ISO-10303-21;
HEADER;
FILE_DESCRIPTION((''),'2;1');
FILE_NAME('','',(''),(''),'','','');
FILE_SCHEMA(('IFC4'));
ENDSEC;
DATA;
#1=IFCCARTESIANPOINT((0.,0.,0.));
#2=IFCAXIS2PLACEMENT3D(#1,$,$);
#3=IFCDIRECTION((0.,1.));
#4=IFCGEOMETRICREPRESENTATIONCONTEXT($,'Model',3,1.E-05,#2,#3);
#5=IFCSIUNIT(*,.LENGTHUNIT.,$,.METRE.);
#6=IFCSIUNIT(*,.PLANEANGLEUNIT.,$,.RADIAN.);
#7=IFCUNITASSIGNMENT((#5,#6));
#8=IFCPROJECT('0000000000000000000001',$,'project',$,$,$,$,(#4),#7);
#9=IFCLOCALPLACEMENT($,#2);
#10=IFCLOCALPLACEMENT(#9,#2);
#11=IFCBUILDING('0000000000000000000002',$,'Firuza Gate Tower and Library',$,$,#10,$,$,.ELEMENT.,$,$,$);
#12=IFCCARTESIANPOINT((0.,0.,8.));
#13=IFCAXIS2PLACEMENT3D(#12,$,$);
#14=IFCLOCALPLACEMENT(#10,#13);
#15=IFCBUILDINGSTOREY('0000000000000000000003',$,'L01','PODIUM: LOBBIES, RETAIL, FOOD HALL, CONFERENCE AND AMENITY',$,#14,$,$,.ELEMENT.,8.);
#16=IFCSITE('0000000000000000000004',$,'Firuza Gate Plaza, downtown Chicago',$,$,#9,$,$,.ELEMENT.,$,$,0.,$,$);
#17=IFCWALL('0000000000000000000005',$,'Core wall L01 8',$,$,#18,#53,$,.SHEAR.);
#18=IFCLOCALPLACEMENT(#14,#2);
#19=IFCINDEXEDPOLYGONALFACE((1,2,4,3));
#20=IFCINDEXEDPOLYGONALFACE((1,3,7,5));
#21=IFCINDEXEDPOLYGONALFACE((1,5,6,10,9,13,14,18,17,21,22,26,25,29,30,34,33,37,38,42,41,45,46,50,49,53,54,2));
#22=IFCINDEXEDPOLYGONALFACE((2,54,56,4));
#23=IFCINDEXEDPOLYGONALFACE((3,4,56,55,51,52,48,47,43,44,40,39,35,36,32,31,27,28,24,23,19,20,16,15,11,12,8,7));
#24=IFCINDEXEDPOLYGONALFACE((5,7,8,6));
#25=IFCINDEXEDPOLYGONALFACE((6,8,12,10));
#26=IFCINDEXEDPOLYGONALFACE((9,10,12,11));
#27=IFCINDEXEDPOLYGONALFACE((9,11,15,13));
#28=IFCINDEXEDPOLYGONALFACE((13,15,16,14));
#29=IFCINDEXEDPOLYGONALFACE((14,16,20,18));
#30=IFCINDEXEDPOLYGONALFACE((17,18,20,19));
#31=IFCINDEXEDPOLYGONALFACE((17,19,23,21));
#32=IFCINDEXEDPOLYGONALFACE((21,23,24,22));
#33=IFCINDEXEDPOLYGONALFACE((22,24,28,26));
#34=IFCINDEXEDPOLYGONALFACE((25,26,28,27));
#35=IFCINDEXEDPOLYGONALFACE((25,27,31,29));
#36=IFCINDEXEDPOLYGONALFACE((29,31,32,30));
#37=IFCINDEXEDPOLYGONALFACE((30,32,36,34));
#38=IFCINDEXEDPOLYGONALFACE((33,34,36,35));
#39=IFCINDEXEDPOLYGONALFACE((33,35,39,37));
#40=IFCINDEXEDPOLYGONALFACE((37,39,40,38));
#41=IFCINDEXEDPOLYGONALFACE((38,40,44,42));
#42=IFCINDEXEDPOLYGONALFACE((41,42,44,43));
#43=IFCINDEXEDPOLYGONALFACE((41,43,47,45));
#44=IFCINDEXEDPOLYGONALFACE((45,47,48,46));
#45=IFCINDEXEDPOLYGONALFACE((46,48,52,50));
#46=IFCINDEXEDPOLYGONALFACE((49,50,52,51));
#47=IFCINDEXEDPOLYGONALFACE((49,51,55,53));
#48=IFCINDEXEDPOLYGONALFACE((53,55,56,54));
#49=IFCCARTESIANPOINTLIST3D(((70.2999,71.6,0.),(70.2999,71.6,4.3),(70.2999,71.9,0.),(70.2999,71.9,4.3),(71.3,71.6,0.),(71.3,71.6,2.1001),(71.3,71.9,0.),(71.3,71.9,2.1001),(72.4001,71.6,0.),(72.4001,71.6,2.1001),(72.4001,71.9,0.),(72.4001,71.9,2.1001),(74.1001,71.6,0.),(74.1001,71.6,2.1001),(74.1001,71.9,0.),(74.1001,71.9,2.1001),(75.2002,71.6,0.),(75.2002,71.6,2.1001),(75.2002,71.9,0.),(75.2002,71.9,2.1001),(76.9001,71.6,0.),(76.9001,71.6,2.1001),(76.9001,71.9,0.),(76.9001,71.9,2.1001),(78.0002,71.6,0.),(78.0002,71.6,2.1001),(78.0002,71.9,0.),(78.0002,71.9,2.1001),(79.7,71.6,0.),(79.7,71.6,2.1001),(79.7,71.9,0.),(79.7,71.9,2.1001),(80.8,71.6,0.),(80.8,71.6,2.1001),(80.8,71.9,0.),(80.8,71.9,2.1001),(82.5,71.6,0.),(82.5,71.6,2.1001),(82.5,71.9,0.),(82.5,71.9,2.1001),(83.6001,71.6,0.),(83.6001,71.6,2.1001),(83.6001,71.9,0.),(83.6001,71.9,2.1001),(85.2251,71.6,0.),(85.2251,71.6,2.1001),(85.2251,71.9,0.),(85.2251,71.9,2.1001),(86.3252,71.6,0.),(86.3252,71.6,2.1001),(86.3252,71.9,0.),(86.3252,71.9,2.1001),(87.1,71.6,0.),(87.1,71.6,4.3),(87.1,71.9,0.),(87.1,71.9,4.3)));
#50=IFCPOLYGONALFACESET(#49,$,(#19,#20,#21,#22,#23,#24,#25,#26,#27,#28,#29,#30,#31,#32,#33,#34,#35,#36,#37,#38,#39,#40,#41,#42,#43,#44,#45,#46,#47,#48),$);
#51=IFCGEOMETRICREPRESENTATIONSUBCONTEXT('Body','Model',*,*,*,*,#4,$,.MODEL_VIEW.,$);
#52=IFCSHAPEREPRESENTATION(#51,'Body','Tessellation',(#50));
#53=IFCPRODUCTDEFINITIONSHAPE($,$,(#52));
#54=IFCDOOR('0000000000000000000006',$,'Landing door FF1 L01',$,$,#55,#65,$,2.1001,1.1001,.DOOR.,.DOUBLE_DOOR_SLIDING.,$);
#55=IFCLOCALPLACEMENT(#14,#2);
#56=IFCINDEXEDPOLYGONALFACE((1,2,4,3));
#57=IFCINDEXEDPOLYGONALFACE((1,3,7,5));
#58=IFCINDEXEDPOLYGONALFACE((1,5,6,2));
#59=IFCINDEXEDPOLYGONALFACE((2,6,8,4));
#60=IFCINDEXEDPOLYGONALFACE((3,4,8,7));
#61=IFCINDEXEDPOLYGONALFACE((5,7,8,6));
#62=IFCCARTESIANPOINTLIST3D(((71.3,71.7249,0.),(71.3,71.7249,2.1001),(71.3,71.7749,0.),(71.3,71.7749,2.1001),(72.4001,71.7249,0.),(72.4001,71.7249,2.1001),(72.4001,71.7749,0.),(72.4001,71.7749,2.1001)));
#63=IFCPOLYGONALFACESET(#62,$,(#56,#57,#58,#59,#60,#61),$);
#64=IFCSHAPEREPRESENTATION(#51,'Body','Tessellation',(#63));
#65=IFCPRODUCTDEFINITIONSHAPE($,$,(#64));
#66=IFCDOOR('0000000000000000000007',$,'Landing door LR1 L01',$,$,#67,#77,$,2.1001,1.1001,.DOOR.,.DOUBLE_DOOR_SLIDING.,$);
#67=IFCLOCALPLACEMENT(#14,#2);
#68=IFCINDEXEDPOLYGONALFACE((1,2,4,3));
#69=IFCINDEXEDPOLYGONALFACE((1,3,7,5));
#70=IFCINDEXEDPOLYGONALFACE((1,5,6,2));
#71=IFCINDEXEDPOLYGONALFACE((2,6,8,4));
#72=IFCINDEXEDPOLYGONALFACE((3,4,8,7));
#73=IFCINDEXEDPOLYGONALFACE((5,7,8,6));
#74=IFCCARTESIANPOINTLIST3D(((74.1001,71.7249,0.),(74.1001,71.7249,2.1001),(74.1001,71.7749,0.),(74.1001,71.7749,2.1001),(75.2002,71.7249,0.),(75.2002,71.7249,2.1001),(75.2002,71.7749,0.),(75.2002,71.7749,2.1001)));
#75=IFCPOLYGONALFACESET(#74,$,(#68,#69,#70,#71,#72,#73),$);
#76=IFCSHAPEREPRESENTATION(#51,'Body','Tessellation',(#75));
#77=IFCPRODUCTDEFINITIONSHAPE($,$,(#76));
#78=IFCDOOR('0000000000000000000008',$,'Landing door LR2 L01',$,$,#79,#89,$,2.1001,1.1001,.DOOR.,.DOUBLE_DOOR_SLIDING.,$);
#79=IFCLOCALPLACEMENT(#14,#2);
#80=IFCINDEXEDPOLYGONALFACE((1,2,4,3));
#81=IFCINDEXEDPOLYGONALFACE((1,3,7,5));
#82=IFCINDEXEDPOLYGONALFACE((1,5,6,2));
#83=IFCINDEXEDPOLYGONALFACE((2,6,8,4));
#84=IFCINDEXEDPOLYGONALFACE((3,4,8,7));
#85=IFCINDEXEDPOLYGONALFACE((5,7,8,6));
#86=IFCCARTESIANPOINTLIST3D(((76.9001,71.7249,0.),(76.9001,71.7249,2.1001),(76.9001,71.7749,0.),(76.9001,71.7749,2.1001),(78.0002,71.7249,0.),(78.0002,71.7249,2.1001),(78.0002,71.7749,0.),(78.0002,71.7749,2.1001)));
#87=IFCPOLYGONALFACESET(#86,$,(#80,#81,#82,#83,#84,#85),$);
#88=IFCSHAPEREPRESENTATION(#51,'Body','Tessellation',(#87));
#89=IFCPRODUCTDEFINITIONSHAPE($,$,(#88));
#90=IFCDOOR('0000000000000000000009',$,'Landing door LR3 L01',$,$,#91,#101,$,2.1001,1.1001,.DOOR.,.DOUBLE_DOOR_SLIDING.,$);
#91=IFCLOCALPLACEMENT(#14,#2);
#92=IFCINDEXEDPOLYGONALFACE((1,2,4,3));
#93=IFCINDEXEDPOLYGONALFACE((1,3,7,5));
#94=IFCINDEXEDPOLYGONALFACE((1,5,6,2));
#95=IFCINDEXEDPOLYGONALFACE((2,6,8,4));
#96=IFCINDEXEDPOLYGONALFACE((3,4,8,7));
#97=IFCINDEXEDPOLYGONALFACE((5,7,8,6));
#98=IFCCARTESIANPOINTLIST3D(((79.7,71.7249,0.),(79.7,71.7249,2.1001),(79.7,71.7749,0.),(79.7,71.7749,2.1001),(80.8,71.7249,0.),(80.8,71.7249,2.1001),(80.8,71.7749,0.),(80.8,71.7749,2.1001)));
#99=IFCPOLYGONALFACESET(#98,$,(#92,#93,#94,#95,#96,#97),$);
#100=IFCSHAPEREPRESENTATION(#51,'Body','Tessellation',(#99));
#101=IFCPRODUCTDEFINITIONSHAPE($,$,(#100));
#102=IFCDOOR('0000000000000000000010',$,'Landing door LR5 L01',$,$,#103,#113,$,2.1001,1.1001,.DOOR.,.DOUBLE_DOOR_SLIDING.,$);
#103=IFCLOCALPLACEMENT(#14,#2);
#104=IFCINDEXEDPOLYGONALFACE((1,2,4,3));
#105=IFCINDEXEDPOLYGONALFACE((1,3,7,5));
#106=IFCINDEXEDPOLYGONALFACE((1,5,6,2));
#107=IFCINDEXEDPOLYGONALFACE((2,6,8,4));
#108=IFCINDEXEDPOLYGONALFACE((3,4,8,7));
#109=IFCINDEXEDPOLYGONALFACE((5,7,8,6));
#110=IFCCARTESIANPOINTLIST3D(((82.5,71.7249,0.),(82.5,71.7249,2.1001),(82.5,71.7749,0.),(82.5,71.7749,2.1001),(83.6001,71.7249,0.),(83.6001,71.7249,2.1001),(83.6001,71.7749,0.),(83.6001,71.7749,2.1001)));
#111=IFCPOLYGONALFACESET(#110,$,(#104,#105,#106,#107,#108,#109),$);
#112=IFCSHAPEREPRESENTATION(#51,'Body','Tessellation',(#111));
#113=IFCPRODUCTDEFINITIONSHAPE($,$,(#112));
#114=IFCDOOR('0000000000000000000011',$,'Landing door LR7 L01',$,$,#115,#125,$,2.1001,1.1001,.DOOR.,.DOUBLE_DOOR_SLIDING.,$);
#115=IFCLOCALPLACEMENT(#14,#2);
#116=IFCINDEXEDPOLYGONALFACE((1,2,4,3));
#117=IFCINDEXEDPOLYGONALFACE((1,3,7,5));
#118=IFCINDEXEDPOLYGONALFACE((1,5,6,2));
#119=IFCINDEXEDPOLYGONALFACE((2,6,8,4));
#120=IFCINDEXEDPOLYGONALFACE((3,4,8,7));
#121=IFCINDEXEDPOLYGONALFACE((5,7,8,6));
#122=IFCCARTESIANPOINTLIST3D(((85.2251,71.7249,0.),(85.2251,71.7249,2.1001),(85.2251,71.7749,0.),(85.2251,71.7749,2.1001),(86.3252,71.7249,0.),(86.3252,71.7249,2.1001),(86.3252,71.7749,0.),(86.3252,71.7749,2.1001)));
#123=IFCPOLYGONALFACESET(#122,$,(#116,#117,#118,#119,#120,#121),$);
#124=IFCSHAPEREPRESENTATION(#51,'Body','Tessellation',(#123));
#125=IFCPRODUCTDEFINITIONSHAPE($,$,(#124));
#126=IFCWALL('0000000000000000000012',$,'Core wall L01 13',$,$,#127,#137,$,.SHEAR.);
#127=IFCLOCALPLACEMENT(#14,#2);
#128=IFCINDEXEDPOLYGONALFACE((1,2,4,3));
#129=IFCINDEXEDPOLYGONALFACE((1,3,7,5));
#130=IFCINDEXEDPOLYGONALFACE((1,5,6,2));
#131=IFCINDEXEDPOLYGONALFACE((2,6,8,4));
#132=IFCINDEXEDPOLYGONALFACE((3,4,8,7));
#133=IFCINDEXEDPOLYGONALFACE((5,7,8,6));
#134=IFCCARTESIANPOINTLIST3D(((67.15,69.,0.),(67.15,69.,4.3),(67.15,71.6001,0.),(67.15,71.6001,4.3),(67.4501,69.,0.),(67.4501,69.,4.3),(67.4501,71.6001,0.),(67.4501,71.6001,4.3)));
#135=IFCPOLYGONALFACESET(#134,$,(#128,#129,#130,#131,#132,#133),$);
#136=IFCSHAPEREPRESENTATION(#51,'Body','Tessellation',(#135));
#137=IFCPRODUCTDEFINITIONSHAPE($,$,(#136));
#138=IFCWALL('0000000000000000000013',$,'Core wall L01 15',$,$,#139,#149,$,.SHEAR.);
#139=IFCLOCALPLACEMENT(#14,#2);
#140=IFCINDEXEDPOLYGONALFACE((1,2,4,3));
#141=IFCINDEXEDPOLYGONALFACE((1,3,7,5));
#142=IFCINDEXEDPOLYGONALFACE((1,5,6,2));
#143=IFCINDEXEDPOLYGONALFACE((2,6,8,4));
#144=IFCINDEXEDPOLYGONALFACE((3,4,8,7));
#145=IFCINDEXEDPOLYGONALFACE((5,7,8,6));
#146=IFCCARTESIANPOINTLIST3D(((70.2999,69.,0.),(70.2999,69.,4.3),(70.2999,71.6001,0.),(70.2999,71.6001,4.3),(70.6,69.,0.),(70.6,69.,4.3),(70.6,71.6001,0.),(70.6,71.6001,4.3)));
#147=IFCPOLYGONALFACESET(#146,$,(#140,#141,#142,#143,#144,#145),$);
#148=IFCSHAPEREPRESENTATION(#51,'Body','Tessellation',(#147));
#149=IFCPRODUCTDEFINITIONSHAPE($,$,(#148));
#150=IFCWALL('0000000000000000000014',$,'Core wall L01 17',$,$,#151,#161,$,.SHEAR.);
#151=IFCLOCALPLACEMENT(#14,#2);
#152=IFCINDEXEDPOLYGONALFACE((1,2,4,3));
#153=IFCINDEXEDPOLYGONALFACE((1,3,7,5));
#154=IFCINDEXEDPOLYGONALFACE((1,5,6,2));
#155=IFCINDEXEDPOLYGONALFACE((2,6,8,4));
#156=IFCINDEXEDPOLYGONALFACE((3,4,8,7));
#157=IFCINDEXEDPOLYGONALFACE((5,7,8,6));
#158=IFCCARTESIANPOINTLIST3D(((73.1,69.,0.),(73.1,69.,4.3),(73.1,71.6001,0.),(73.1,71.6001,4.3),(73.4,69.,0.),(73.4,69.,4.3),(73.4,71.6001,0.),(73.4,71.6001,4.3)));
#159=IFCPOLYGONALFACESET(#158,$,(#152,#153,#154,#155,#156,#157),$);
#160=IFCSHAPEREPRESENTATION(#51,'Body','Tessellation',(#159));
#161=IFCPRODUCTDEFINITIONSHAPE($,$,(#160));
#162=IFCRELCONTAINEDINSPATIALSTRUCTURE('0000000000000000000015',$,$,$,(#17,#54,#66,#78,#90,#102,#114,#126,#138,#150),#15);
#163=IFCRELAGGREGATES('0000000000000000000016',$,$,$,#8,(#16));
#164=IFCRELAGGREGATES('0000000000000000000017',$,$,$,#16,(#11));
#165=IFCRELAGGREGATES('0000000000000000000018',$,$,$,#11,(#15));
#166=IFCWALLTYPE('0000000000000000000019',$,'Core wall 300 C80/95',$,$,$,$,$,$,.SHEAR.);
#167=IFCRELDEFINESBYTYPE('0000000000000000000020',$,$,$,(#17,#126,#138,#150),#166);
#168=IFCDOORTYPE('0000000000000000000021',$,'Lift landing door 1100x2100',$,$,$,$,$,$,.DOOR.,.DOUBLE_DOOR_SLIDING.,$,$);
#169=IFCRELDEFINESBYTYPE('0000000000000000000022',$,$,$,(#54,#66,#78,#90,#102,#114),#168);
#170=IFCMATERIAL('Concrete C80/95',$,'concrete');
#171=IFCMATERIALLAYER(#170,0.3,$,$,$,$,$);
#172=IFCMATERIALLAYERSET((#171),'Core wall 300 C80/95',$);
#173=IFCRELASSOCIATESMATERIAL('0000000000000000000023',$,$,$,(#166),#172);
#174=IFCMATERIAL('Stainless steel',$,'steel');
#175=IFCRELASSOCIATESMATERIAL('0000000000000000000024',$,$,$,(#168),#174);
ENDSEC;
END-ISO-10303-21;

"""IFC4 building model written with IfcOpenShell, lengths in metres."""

from ifc_helpers import new_model, si_unit, direction, frame, frame_2d, origin, place, context, subcontext, project, spatial, rectangle, extrude, material, layer, layer_set, type_object, element, fill, save


model = new_model("IFC4")

# Units and contexts
model_context = context("Model", 3, precision=1e-05, world=origin(), true_north=direction((0.0, 1.0)))
body_context = subcontext(model_context, "Body", "Model", "MODEL_VIEW")
ifc_project = project(units=[si_unit("LENGTHUNIT", "METRE"), si_unit("PLANEANGLEUNIT", "RADIAN")], contexts=[model_context])

# Site, building, storey
site_placement = place(None, origin())
site = spatial("IfcSite", under=ifc_project, at=site_placement, Name="Firuza Gate Plaza, downtown Chicago", CompositionType="ELEMENT", RefElevation=0.0)
building_placement = place(site_placement, origin())
building = spatial("IfcBuilding", under=site, at=building_placement, Name="Firuza Gate Tower and Library", CompositionType="ELEMENT")
storey_placement = place(building_placement, frame((0.0, 0.0, 8.0)))
storey = spatial("IfcBuildingStorey", under=building, at=storey_placement, Name="L01", Description="PODIUM: LOBBIES, RETAIL, FOOD HALL, CONFERENCE AND AMENITY", CompositionType="ELEMENT", Elevation=8.0)

# Shared definitions
ifc_material_1 = material(Name="Concrete C80/95", Category="concrete")
ifc_layer_1 = layer(ifc_material_1, 0.3)
ifc_layer_set_1 = layer_set([ifc_layer_1], Name="Core wall 300 C80/95")
wall_type_1 = type_object("IfcWallType", Name="Core wall 300 C80/95", PredefinedType="SHEAR", material=ifc_layer_set_1)

# Wall, openings, doors
wall_1_placement = place(storey_placement, frame((70.3, 71.75, 0.0), z_axis=(0.0, 0.0, 1.0), x_axis=(1.0, 0.0, 0.0)))
wall_1 = element("IfcWall", 1, at=wall_1_placement, inside=storey, type_object=wall_type_1, Name="Core wall L01 8", PredefinedType="SHEAR", context=body_context, shape_type="SweptSolid", body=[
    extrude(rectangle(XDim=16.8, YDim=0.3, at=frame_2d((8.3999, 0.0))), origin(), (0.0, 0.0, 1.0), 4.3),
])
opening_1_placement = place(wall_1_placement, frame((1.0, 0.0, 0.0)))
opening_1 = element("IfcOpeningElement", 2, at=opening_1_placement, cuts=wall_1, PredefinedType="OPENING", context=body_context, shape_type="SweptSolid", body=[
    extrude(rectangle(XDim=1.1001, YDim=2.1001, at=frame_2d((0.55, 1.05))), frame((0.0, 0.1602, 0.0), z_axis=(0.0, -1.0, 0.0), x_axis=(1.0, 0.0, 0.0)), (0.0, 0.0, 1.0), 0.3201),
])
opening_2_placement = place(wall_1_placement, frame((3.8, 0.0, 0.0)))
opening_2 = element("IfcOpeningElement", 3, at=opening_2_placement, cuts=wall_1, PredefinedType="OPENING", context=body_context, shape_type="SweptSolid", body=[
    extrude(rectangle(XDim=1.1001, YDim=2.1001, at=frame_2d((0.55, 1.05))), frame((0.0, 0.1602, 0.0), z_axis=(0.0, -1.0, 0.0), x_axis=(1.0, 0.0, 0.0)), (0.0, 0.0, 1.0), 0.3201),
])
opening_3_placement = place(wall_1_placement, frame((6.6001, 0.0, 0.0)))
opening_3 = element("IfcOpeningElement", 4, at=opening_3_placement, cuts=wall_1, PredefinedType="OPENING", context=body_context, shape_type="SweptSolid", body=[
    extrude(rectangle(XDim=1.1001, YDim=2.1001, at=frame_2d((0.55, 1.05))), frame((0.0, 0.1602, 0.0), z_axis=(0.0, -1.0, 0.0), x_axis=(1.0, 0.0, 0.0)), (0.0, 0.0, 1.0), 0.3201),
])
opening_4_placement = place(wall_1_placement, frame((9.3999, 0.0, 0.0)))
opening_4 = element("IfcOpeningElement", 5, at=opening_4_placement, cuts=wall_1, PredefinedType="OPENING", context=body_context, shape_type="SweptSolid", body=[
    extrude(rectangle(XDim=1.1001, YDim=2.1001, at=frame_2d((0.55, 1.05))), frame((0.0, 0.1602, 0.0), z_axis=(0.0, -1.0, 0.0), x_axis=(1.0, 0.0, 0.0)), (0.0, 0.0, 1.0), 0.3201),
])
opening_5_placement = place(wall_1_placement, frame((12.2, 0.0, 0.0)))
opening_5 = element("IfcOpeningElement", 6, at=opening_5_placement, cuts=wall_1, PredefinedType="OPENING", context=body_context, shape_type="SweptSolid", body=[
    extrude(rectangle(XDim=1.1001, YDim=2.1001, at=frame_2d((0.55, 1.05))), frame((0.0, 0.1602, 0.0), z_axis=(0.0, -1.0, 0.0), x_axis=(1.0, 0.0, 0.0)), (0.0, 0.0, 1.0), 0.3201),
])
opening_6_placement = place(wall_1_placement, frame((14.925, 0.0, 0.0)))
opening_6 = element("IfcOpeningElement", 7, at=opening_6_placement, cuts=wall_1, PredefinedType="OPENING", context=body_context, shape_type="SweptSolid", body=[
    extrude(rectangle(XDim=1.1001, YDim=2.1001, at=frame_2d((0.55, 1.05))), frame((0.0, 0.1602, 0.0), z_axis=(0.0, -1.0, 0.0), x_axis=(1.0, 0.0, 0.0)), (0.0, 0.0, 1.0), 0.3201),
])
ifc_material_2 = material(Name="Stainless steel", Category="steel")
door_type = type_object("IfcDoorType", Name="Lift landing door 1100x2100", OperationType="DOUBLE_DOOR_SLIDING", PredefinedType="DOOR", material=ifc_material_2)
door_1_placement = place(opening_1_placement, origin())
door_1 = element("IfcDoor", 8, at=door_1_placement, inside=storey, type_object=door_type, Name="Landing door FF1 L01", OperationType="DOUBLE_DOOR_SLIDING", OverallHeight=2.1001, OverallWidth=1.1001, PredefinedType="DOOR", context=body_context, shape_type="SweptSolid", body=[
    extrude(rectangle(XDim=1.1001, YDim=2.1001, at=frame_2d((0.55, 1.05))), frame((0.0, 0.0249, 0.0), z_axis=(0.0, -1.0, 0.0), x_axis=(1.0, 0.0, 0.0)), (0.0, 0.0, 1.0), 0.05),
])
fill(opening_1, door_1)
door_2_placement = place(opening_2_placement, origin())
door_2 = element("IfcDoor", 9, at=door_2_placement, inside=storey, type_object=door_type, Name="Landing door LR1 L01", OperationType="DOUBLE_DOOR_SLIDING", OverallHeight=2.1001, OverallWidth=1.1001, PredefinedType="DOOR", context=body_context, shape_type="SweptSolid", body=[
    extrude(rectangle(XDim=1.1001, YDim=2.1001, at=frame_2d((0.55, 1.05))), frame((0.0, 0.0249, 0.0), z_axis=(0.0, -1.0, 0.0), x_axis=(1.0, 0.0, 0.0)), (0.0, 0.0, 1.0), 0.05),
])
fill(opening_2, door_2)
door_3_placement = place(opening_3_placement, origin())
door_3 = element("IfcDoor", 10, at=door_3_placement, inside=storey, type_object=door_type, Name="Landing door LR2 L01", OperationType="DOUBLE_DOOR_SLIDING", OverallHeight=2.1001, OverallWidth=1.1001, PredefinedType="DOOR", context=body_context, shape_type="SweptSolid", body=[
    extrude(rectangle(XDim=1.1001, YDim=2.1001, at=frame_2d((0.55, 1.05))), frame((0.0, 0.0249, 0.0), z_axis=(0.0, -1.0, 0.0), x_axis=(1.0, 0.0, 0.0)), (0.0, 0.0, 1.0), 0.05),
])
fill(opening_3, door_3)
door_4_placement = place(opening_4_placement, origin())
door_4 = element("IfcDoor", 11, at=door_4_placement, inside=storey, type_object=door_type, Name="Landing door LR3 L01", OperationType="DOUBLE_DOOR_SLIDING", OverallHeight=2.1001, OverallWidth=1.1001, PredefinedType="DOOR", context=body_context, shape_type="SweptSolid", body=[
    extrude(rectangle(XDim=1.1001, YDim=2.1001, at=frame_2d((0.55, 1.05))), frame((0.0, 0.0249, 0.0), z_axis=(0.0, -1.0, 0.0), x_axis=(1.0, 0.0, 0.0)), (0.0, 0.0, 1.0), 0.05),
])
fill(opening_4, door_4)
door_5_placement = place(opening_5_placement, origin())
door_5 = element("IfcDoor", 12, at=door_5_placement, inside=storey, type_object=door_type, Name="Landing door LR5 L01", OperationType="DOUBLE_DOOR_SLIDING", OverallHeight=2.1001, OverallWidth=1.1001, PredefinedType="DOOR", context=body_context, shape_type="SweptSolid", body=[
    extrude(rectangle(XDim=1.1001, YDim=2.1001, at=frame_2d((0.55, 1.05))), frame((0.0, 0.0249, 0.0), z_axis=(0.0, -1.0, 0.0), x_axis=(1.0, 0.0, 0.0)), (0.0, 0.0, 1.0), 0.05),
])
fill(opening_5, door_5)
door_6_placement = place(opening_6_placement, origin())
door_6 = element("IfcDoor", 13, at=door_6_placement, inside=storey, type_object=door_type, Name="Landing door LR7 L01", OperationType="DOUBLE_DOOR_SLIDING", OverallHeight=2.1001, OverallWidth=1.1001, PredefinedType="DOOR", context=body_context, shape_type="SweptSolid", body=[
    extrude(rectangle(XDim=1.1001, YDim=2.1001, at=frame_2d((0.55, 1.05))), frame((0.0, 0.0249, 0.0), z_axis=(0.0, -1.0, 0.0), x_axis=(1.0, 0.0, 0.0)), (0.0, 0.0, 1.0), 0.05),
])
fill(opening_6, door_6)

# Walls
for number, where, z_axis, x_axis, name in (
    (14, (67.3, 69.0, 0.0), (0.0, 0.0, 1.0), (0.0, 1.0, 0.0), "Core wall L01 13"),
    (15, (70.45, 69.0, 0.0), (0.0, 0.0, 1.0), (0.0, 1.0, 0.0), "Core wall L01 15"),
    (16, (73.25, 69.0, 0.0), (0.0, 0.0, 1.0), (0.0, 1.0, 0.0), "Core wall L01 17"),
):
    element("IfcWall", number, at=place(storey_placement, frame(where, z_axis=z_axis, x_axis=x_axis)), inside=storey, type_object=wall_type_1, Name=name, PredefinedType="SHEAR", context=body_context, shape_type="SweptSolid", body=[
        extrude(rectangle(XDim=2.6001, YDim=0.3, at=frame_2d((1.3, 0.0))), origin(), (0.0, 0.0, 1.0), 4.3),
    ])

save(model, "model.ifc")
